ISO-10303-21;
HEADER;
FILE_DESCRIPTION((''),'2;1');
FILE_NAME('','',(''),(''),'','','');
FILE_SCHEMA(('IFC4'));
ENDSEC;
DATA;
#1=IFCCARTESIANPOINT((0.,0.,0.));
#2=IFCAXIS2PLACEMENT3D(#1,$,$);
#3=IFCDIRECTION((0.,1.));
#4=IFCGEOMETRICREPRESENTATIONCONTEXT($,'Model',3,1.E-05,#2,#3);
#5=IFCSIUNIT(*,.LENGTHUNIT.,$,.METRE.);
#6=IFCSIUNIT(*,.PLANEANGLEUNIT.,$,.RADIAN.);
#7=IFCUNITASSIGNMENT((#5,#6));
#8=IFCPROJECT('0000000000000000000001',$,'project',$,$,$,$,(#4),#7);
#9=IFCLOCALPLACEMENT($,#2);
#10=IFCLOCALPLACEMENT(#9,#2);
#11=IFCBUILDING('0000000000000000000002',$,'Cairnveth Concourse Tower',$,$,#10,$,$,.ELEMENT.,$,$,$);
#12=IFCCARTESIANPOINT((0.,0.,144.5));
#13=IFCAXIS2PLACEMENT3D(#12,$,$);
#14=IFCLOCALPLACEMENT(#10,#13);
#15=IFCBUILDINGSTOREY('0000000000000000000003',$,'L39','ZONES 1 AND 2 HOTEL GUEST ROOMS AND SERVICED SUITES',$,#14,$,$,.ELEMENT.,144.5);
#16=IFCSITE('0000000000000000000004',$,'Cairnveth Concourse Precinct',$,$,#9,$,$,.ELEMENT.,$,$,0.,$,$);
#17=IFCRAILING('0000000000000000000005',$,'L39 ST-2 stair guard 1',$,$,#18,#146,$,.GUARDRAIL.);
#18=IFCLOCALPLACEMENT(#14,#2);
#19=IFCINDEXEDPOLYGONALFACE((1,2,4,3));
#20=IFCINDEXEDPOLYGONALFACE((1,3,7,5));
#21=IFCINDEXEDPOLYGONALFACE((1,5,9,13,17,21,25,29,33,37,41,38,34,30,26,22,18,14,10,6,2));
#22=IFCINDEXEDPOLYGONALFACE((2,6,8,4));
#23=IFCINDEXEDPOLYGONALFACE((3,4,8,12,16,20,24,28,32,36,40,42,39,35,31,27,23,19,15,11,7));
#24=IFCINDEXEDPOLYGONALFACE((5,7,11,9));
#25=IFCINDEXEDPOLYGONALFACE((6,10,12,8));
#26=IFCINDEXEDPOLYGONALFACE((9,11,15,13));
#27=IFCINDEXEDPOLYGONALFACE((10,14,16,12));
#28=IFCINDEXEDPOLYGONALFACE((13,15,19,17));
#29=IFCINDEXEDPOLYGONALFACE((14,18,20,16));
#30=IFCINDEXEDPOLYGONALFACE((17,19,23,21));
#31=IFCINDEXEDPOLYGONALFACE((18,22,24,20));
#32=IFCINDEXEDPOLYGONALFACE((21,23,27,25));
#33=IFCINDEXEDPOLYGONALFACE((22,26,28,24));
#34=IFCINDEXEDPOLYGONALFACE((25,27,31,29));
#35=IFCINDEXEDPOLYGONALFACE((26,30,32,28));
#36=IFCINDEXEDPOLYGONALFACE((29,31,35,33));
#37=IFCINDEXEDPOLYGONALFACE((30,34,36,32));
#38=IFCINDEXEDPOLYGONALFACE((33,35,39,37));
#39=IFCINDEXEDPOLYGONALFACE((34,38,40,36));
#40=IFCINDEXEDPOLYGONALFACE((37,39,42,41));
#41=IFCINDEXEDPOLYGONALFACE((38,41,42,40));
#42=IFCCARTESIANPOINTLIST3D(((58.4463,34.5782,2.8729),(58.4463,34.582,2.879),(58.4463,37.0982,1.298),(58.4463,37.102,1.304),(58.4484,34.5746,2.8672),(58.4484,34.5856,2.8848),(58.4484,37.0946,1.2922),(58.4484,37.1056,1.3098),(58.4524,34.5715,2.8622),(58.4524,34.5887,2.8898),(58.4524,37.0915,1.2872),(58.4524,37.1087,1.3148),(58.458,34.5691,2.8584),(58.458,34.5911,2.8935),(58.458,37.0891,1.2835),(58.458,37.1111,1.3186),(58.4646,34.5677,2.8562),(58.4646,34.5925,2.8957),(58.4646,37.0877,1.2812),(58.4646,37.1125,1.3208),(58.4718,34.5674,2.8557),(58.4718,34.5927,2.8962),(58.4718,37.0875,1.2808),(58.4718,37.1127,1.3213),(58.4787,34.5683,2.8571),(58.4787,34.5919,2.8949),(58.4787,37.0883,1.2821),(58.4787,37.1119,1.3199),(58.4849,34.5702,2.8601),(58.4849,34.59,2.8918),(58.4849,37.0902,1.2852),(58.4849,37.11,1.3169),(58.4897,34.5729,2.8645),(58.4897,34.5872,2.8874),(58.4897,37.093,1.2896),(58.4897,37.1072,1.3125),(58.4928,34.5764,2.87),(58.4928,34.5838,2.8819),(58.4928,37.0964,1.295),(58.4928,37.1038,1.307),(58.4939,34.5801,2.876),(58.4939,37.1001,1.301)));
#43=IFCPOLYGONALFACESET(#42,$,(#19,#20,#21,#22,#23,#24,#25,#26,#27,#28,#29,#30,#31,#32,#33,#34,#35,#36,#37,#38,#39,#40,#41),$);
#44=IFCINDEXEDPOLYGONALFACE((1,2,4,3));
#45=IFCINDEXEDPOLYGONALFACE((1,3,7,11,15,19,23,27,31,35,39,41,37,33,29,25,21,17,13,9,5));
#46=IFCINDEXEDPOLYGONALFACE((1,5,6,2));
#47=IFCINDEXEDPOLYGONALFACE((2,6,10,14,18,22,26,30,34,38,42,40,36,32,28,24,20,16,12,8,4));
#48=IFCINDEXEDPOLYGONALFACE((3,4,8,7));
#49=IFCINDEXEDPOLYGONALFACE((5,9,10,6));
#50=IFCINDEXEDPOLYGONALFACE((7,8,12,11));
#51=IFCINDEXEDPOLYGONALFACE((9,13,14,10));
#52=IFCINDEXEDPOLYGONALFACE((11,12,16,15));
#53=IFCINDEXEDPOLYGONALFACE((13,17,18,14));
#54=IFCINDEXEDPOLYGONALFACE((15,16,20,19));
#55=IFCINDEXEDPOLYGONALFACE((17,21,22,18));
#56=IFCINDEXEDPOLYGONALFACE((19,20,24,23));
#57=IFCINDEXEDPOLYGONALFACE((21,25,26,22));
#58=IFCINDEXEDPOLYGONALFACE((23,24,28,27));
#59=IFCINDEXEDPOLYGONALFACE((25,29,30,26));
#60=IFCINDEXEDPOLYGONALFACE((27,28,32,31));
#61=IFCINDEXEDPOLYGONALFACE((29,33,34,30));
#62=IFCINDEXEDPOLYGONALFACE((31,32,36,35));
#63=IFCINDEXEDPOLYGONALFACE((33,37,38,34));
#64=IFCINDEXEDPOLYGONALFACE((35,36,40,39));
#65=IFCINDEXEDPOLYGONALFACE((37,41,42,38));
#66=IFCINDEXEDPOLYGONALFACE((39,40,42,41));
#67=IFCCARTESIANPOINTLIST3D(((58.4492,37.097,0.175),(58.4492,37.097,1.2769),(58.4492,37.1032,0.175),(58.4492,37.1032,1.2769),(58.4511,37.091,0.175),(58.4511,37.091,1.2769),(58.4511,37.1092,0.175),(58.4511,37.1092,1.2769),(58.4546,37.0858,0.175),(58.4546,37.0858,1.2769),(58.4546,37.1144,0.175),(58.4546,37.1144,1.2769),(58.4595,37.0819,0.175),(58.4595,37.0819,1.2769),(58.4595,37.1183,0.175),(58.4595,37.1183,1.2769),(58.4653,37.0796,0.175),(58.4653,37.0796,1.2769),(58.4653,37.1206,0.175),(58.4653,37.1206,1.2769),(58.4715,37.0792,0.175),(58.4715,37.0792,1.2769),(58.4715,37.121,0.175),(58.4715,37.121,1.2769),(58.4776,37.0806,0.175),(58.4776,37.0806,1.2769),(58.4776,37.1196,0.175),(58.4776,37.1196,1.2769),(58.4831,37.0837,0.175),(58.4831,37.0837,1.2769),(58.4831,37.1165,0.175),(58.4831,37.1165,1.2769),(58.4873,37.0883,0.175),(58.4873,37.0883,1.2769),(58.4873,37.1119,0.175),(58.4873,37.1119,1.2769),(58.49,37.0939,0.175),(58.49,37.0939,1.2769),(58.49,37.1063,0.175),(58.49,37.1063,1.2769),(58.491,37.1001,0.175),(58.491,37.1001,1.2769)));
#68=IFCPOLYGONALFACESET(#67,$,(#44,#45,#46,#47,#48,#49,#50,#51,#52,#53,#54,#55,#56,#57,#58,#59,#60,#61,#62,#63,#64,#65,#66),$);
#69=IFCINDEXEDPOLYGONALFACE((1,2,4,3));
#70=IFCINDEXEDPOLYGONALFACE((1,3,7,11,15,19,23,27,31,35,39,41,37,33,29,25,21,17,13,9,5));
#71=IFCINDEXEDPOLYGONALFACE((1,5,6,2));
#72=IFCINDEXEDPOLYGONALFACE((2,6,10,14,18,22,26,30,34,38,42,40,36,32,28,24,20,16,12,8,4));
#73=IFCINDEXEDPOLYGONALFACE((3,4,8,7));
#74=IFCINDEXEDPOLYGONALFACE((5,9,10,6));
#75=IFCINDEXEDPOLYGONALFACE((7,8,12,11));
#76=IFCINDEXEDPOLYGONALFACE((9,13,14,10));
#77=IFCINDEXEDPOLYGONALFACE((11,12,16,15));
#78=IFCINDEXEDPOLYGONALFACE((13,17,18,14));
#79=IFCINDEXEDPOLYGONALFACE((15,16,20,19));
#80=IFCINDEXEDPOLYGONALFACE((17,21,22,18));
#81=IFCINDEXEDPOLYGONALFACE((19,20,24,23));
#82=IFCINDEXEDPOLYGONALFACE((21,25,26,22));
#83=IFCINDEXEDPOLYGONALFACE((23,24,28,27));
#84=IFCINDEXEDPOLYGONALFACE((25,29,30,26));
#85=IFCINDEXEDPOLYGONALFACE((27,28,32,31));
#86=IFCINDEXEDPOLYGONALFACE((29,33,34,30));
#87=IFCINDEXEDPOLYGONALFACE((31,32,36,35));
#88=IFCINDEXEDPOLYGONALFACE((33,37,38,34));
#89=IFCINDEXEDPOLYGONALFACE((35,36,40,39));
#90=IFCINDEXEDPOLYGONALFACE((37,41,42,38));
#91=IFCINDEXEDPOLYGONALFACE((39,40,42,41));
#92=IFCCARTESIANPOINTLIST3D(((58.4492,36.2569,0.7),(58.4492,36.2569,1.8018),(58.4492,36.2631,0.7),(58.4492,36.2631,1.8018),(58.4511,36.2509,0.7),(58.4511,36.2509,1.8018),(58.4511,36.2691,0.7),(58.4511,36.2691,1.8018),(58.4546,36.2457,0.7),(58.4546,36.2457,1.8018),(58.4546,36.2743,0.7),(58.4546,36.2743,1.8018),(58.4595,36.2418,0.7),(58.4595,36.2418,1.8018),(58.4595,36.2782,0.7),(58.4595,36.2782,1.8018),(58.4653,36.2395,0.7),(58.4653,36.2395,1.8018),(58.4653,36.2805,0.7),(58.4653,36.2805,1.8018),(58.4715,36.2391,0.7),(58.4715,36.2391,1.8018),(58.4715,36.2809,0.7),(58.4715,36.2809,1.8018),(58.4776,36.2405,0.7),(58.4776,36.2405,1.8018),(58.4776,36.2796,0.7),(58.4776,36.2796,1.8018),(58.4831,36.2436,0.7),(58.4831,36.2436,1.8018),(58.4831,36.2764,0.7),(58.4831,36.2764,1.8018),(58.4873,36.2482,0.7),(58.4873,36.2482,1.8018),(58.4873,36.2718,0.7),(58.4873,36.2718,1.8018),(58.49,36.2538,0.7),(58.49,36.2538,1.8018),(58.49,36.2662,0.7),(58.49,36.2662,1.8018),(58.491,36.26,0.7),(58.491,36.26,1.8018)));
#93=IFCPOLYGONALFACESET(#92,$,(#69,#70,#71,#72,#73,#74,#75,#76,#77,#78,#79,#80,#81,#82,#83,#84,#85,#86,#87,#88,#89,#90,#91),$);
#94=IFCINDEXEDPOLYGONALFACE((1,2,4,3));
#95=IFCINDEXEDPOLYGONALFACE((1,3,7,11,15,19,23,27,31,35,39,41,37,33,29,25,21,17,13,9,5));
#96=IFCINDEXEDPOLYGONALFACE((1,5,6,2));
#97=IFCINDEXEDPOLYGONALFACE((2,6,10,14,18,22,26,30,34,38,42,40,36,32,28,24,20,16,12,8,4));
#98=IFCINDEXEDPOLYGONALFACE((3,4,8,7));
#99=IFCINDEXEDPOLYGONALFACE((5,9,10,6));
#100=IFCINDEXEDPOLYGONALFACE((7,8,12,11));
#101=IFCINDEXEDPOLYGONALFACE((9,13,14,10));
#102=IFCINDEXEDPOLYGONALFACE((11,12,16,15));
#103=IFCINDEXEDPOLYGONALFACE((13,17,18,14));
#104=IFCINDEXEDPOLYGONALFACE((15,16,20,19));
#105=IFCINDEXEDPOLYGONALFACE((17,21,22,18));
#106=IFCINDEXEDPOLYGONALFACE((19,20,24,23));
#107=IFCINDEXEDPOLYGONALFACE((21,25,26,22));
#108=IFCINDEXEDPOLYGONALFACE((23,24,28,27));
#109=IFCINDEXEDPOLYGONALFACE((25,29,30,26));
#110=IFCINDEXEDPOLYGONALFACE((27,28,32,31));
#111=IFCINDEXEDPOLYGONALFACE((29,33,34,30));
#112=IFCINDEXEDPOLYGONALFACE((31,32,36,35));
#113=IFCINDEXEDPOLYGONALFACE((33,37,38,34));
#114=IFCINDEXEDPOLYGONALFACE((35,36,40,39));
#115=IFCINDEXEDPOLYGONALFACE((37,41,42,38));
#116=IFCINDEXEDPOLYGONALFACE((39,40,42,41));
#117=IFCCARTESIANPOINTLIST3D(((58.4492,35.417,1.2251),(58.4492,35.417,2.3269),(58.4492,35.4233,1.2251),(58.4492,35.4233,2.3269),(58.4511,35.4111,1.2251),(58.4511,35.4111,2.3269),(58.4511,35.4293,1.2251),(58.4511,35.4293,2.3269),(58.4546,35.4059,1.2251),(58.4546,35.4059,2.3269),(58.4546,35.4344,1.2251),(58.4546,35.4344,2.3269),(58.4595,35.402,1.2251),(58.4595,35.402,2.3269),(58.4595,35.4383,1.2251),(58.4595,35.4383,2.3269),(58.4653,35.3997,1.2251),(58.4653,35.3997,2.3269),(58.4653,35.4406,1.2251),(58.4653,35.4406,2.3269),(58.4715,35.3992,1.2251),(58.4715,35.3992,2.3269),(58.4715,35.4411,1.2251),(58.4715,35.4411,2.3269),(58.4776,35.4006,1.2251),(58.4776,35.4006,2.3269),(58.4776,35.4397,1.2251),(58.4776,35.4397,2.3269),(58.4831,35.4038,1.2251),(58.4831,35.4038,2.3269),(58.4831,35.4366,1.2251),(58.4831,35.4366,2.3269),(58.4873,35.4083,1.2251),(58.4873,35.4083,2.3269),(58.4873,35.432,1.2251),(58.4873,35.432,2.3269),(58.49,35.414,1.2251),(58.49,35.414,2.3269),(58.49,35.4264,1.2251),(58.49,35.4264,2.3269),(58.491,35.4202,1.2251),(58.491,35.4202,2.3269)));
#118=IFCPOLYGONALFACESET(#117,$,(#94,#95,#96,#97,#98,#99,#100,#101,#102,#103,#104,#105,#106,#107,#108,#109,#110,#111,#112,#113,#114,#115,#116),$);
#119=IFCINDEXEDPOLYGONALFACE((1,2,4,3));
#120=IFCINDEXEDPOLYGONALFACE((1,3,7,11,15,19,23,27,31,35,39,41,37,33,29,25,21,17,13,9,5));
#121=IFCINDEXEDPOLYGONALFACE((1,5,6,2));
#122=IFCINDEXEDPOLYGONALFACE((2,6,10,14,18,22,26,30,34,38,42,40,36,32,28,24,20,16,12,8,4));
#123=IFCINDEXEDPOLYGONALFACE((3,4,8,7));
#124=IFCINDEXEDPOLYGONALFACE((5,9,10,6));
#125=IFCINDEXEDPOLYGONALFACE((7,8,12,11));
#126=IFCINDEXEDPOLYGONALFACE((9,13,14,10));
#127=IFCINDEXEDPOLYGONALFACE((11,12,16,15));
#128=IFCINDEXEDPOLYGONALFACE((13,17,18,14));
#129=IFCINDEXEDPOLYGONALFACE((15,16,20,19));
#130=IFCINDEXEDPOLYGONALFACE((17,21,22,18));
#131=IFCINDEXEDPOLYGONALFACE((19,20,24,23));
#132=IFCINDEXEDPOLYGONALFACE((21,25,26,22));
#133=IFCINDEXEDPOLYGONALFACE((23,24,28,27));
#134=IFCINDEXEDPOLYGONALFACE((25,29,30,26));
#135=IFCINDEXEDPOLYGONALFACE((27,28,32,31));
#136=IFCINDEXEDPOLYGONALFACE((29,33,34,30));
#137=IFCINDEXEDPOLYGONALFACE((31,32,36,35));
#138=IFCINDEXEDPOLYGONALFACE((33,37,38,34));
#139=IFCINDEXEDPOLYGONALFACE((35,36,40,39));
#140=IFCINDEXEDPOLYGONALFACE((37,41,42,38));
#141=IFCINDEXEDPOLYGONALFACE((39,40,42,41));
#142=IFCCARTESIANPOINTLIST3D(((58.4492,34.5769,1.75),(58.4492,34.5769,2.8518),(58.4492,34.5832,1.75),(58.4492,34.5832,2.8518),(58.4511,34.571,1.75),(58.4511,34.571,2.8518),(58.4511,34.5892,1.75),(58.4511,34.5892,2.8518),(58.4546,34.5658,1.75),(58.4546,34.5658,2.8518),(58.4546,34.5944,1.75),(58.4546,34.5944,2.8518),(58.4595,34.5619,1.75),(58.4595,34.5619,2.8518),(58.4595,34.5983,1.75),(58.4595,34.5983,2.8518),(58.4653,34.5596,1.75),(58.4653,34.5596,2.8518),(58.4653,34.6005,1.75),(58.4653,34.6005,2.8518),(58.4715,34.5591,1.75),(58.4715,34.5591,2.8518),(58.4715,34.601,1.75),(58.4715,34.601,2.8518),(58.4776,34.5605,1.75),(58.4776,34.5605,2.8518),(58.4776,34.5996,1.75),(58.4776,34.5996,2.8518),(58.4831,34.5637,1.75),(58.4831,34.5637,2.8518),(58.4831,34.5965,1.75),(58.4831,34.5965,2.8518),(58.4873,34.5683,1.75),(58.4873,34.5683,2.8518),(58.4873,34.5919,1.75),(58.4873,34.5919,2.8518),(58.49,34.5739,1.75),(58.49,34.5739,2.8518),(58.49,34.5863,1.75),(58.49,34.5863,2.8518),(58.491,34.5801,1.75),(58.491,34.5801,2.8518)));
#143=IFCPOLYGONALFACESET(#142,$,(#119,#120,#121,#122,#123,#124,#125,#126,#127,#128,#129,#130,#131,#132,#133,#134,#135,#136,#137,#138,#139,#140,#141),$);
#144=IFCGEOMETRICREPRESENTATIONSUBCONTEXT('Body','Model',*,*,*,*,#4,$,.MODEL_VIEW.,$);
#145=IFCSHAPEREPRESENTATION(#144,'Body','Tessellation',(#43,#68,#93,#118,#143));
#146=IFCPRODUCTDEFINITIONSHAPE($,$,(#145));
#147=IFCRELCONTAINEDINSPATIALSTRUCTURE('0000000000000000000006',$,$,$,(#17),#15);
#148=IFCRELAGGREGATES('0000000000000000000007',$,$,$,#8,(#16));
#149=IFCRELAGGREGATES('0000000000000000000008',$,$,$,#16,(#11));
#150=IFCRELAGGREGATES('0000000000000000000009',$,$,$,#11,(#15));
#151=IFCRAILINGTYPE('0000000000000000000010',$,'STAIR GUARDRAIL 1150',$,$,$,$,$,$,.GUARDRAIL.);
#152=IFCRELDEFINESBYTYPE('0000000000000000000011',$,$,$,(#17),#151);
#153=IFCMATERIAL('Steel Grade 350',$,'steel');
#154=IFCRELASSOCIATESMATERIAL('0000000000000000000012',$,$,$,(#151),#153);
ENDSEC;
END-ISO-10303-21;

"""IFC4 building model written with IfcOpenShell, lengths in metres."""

from ifc_helpers import new_model, si_unit, direction, frame, origin, origin_2d, place, context, subcontext, project, spatial, circle, extrude, material, type_object, element, save


model = new_model("IFC4")

# Units and contexts
model_context = context("Model", 3, precision=1e-05, world=origin(), true_north=direction((0.0, 1.0)))
body_context = subcontext(model_context, "Body", "Model", "MODEL_VIEW")
ifc_project = project(units=[si_unit("LENGTHUNIT", "METRE"), si_unit("PLANEANGLEUNIT", "RADIAN")], contexts=[model_context])

# Site, building, storey
site_placement = place(None, origin())
site = spatial("IfcSite", under=ifc_project, at=site_placement, Name="Cairnveth Concourse Precinct", CompositionType="ELEMENT", RefElevation=0.0)
building_placement = place(site_placement, origin())
building = spatial("IfcBuilding", under=site, at=building_placement, Name="Cairnveth Concourse Tower", CompositionType="ELEMENT")
storey_placement = place(building_placement, frame((0.0, 0.0, 144.5)))
storey = spatial("IfcBuildingStorey", under=building, at=storey_placement, Name="L39", Description="ZONES 1 AND 2 HOTEL GUEST ROOMS AND SERVICED SUITES", CompositionType="ELEMENT", Elevation=144.5)

# Shared definitions
ifc_material_1 = material(Name="Steel Grade 350", Category="steel")

# Railing
railing_type_1 = type_object("IfcRailingType", Name="STAIR GUARDRAIL 1150", PredefinedType="GUARDRAIL", material=ifc_material_1)
railing_1_placement = place(storey_placement, frame((58.47, 37.1001, 0.175)))
element("IfcRailing", 1, at=railing_1_placement, inside=storey, type_object=railing_type_1, Name="L39 ST-2 stair guard 1", PredefinedType="GUARDRAIL", context=body_context, shape_type="SweptSolid", body=[
    extrude(circle(Radius=0.0239, at=origin_2d()), frame((0.0, 0.0, 1.126), z_axis=(0.0, -0.848008, 0.529984), x_axis=(1.0, 0.0, 0.0)), (0.0, 0.0, 1.0), 2.9717),
    extrude(circle(Radius=0.021, at=origin_2d()), origin(), (0.0, 0.0, 1.0), 1.1018),
    extrude(circle(Radius=0.021, at=origin_2d()), frame((0.0, -0.8401, 0.5249)), (0.0, 0.0, 1.0), 1.1018),
    extrude(circle(Radius=0.021, at=origin_2d()), frame((0.0, -1.6799, 1.05)), (0.0, 0.0, 1.0), 1.1018),
    extrude(circle(Radius=0.021, at=origin_2d()), frame((0.0, -2.52, 1.575)), (0.0, 0.0, 1.0), 1.1018),
])

save(model, "model.ifc")
